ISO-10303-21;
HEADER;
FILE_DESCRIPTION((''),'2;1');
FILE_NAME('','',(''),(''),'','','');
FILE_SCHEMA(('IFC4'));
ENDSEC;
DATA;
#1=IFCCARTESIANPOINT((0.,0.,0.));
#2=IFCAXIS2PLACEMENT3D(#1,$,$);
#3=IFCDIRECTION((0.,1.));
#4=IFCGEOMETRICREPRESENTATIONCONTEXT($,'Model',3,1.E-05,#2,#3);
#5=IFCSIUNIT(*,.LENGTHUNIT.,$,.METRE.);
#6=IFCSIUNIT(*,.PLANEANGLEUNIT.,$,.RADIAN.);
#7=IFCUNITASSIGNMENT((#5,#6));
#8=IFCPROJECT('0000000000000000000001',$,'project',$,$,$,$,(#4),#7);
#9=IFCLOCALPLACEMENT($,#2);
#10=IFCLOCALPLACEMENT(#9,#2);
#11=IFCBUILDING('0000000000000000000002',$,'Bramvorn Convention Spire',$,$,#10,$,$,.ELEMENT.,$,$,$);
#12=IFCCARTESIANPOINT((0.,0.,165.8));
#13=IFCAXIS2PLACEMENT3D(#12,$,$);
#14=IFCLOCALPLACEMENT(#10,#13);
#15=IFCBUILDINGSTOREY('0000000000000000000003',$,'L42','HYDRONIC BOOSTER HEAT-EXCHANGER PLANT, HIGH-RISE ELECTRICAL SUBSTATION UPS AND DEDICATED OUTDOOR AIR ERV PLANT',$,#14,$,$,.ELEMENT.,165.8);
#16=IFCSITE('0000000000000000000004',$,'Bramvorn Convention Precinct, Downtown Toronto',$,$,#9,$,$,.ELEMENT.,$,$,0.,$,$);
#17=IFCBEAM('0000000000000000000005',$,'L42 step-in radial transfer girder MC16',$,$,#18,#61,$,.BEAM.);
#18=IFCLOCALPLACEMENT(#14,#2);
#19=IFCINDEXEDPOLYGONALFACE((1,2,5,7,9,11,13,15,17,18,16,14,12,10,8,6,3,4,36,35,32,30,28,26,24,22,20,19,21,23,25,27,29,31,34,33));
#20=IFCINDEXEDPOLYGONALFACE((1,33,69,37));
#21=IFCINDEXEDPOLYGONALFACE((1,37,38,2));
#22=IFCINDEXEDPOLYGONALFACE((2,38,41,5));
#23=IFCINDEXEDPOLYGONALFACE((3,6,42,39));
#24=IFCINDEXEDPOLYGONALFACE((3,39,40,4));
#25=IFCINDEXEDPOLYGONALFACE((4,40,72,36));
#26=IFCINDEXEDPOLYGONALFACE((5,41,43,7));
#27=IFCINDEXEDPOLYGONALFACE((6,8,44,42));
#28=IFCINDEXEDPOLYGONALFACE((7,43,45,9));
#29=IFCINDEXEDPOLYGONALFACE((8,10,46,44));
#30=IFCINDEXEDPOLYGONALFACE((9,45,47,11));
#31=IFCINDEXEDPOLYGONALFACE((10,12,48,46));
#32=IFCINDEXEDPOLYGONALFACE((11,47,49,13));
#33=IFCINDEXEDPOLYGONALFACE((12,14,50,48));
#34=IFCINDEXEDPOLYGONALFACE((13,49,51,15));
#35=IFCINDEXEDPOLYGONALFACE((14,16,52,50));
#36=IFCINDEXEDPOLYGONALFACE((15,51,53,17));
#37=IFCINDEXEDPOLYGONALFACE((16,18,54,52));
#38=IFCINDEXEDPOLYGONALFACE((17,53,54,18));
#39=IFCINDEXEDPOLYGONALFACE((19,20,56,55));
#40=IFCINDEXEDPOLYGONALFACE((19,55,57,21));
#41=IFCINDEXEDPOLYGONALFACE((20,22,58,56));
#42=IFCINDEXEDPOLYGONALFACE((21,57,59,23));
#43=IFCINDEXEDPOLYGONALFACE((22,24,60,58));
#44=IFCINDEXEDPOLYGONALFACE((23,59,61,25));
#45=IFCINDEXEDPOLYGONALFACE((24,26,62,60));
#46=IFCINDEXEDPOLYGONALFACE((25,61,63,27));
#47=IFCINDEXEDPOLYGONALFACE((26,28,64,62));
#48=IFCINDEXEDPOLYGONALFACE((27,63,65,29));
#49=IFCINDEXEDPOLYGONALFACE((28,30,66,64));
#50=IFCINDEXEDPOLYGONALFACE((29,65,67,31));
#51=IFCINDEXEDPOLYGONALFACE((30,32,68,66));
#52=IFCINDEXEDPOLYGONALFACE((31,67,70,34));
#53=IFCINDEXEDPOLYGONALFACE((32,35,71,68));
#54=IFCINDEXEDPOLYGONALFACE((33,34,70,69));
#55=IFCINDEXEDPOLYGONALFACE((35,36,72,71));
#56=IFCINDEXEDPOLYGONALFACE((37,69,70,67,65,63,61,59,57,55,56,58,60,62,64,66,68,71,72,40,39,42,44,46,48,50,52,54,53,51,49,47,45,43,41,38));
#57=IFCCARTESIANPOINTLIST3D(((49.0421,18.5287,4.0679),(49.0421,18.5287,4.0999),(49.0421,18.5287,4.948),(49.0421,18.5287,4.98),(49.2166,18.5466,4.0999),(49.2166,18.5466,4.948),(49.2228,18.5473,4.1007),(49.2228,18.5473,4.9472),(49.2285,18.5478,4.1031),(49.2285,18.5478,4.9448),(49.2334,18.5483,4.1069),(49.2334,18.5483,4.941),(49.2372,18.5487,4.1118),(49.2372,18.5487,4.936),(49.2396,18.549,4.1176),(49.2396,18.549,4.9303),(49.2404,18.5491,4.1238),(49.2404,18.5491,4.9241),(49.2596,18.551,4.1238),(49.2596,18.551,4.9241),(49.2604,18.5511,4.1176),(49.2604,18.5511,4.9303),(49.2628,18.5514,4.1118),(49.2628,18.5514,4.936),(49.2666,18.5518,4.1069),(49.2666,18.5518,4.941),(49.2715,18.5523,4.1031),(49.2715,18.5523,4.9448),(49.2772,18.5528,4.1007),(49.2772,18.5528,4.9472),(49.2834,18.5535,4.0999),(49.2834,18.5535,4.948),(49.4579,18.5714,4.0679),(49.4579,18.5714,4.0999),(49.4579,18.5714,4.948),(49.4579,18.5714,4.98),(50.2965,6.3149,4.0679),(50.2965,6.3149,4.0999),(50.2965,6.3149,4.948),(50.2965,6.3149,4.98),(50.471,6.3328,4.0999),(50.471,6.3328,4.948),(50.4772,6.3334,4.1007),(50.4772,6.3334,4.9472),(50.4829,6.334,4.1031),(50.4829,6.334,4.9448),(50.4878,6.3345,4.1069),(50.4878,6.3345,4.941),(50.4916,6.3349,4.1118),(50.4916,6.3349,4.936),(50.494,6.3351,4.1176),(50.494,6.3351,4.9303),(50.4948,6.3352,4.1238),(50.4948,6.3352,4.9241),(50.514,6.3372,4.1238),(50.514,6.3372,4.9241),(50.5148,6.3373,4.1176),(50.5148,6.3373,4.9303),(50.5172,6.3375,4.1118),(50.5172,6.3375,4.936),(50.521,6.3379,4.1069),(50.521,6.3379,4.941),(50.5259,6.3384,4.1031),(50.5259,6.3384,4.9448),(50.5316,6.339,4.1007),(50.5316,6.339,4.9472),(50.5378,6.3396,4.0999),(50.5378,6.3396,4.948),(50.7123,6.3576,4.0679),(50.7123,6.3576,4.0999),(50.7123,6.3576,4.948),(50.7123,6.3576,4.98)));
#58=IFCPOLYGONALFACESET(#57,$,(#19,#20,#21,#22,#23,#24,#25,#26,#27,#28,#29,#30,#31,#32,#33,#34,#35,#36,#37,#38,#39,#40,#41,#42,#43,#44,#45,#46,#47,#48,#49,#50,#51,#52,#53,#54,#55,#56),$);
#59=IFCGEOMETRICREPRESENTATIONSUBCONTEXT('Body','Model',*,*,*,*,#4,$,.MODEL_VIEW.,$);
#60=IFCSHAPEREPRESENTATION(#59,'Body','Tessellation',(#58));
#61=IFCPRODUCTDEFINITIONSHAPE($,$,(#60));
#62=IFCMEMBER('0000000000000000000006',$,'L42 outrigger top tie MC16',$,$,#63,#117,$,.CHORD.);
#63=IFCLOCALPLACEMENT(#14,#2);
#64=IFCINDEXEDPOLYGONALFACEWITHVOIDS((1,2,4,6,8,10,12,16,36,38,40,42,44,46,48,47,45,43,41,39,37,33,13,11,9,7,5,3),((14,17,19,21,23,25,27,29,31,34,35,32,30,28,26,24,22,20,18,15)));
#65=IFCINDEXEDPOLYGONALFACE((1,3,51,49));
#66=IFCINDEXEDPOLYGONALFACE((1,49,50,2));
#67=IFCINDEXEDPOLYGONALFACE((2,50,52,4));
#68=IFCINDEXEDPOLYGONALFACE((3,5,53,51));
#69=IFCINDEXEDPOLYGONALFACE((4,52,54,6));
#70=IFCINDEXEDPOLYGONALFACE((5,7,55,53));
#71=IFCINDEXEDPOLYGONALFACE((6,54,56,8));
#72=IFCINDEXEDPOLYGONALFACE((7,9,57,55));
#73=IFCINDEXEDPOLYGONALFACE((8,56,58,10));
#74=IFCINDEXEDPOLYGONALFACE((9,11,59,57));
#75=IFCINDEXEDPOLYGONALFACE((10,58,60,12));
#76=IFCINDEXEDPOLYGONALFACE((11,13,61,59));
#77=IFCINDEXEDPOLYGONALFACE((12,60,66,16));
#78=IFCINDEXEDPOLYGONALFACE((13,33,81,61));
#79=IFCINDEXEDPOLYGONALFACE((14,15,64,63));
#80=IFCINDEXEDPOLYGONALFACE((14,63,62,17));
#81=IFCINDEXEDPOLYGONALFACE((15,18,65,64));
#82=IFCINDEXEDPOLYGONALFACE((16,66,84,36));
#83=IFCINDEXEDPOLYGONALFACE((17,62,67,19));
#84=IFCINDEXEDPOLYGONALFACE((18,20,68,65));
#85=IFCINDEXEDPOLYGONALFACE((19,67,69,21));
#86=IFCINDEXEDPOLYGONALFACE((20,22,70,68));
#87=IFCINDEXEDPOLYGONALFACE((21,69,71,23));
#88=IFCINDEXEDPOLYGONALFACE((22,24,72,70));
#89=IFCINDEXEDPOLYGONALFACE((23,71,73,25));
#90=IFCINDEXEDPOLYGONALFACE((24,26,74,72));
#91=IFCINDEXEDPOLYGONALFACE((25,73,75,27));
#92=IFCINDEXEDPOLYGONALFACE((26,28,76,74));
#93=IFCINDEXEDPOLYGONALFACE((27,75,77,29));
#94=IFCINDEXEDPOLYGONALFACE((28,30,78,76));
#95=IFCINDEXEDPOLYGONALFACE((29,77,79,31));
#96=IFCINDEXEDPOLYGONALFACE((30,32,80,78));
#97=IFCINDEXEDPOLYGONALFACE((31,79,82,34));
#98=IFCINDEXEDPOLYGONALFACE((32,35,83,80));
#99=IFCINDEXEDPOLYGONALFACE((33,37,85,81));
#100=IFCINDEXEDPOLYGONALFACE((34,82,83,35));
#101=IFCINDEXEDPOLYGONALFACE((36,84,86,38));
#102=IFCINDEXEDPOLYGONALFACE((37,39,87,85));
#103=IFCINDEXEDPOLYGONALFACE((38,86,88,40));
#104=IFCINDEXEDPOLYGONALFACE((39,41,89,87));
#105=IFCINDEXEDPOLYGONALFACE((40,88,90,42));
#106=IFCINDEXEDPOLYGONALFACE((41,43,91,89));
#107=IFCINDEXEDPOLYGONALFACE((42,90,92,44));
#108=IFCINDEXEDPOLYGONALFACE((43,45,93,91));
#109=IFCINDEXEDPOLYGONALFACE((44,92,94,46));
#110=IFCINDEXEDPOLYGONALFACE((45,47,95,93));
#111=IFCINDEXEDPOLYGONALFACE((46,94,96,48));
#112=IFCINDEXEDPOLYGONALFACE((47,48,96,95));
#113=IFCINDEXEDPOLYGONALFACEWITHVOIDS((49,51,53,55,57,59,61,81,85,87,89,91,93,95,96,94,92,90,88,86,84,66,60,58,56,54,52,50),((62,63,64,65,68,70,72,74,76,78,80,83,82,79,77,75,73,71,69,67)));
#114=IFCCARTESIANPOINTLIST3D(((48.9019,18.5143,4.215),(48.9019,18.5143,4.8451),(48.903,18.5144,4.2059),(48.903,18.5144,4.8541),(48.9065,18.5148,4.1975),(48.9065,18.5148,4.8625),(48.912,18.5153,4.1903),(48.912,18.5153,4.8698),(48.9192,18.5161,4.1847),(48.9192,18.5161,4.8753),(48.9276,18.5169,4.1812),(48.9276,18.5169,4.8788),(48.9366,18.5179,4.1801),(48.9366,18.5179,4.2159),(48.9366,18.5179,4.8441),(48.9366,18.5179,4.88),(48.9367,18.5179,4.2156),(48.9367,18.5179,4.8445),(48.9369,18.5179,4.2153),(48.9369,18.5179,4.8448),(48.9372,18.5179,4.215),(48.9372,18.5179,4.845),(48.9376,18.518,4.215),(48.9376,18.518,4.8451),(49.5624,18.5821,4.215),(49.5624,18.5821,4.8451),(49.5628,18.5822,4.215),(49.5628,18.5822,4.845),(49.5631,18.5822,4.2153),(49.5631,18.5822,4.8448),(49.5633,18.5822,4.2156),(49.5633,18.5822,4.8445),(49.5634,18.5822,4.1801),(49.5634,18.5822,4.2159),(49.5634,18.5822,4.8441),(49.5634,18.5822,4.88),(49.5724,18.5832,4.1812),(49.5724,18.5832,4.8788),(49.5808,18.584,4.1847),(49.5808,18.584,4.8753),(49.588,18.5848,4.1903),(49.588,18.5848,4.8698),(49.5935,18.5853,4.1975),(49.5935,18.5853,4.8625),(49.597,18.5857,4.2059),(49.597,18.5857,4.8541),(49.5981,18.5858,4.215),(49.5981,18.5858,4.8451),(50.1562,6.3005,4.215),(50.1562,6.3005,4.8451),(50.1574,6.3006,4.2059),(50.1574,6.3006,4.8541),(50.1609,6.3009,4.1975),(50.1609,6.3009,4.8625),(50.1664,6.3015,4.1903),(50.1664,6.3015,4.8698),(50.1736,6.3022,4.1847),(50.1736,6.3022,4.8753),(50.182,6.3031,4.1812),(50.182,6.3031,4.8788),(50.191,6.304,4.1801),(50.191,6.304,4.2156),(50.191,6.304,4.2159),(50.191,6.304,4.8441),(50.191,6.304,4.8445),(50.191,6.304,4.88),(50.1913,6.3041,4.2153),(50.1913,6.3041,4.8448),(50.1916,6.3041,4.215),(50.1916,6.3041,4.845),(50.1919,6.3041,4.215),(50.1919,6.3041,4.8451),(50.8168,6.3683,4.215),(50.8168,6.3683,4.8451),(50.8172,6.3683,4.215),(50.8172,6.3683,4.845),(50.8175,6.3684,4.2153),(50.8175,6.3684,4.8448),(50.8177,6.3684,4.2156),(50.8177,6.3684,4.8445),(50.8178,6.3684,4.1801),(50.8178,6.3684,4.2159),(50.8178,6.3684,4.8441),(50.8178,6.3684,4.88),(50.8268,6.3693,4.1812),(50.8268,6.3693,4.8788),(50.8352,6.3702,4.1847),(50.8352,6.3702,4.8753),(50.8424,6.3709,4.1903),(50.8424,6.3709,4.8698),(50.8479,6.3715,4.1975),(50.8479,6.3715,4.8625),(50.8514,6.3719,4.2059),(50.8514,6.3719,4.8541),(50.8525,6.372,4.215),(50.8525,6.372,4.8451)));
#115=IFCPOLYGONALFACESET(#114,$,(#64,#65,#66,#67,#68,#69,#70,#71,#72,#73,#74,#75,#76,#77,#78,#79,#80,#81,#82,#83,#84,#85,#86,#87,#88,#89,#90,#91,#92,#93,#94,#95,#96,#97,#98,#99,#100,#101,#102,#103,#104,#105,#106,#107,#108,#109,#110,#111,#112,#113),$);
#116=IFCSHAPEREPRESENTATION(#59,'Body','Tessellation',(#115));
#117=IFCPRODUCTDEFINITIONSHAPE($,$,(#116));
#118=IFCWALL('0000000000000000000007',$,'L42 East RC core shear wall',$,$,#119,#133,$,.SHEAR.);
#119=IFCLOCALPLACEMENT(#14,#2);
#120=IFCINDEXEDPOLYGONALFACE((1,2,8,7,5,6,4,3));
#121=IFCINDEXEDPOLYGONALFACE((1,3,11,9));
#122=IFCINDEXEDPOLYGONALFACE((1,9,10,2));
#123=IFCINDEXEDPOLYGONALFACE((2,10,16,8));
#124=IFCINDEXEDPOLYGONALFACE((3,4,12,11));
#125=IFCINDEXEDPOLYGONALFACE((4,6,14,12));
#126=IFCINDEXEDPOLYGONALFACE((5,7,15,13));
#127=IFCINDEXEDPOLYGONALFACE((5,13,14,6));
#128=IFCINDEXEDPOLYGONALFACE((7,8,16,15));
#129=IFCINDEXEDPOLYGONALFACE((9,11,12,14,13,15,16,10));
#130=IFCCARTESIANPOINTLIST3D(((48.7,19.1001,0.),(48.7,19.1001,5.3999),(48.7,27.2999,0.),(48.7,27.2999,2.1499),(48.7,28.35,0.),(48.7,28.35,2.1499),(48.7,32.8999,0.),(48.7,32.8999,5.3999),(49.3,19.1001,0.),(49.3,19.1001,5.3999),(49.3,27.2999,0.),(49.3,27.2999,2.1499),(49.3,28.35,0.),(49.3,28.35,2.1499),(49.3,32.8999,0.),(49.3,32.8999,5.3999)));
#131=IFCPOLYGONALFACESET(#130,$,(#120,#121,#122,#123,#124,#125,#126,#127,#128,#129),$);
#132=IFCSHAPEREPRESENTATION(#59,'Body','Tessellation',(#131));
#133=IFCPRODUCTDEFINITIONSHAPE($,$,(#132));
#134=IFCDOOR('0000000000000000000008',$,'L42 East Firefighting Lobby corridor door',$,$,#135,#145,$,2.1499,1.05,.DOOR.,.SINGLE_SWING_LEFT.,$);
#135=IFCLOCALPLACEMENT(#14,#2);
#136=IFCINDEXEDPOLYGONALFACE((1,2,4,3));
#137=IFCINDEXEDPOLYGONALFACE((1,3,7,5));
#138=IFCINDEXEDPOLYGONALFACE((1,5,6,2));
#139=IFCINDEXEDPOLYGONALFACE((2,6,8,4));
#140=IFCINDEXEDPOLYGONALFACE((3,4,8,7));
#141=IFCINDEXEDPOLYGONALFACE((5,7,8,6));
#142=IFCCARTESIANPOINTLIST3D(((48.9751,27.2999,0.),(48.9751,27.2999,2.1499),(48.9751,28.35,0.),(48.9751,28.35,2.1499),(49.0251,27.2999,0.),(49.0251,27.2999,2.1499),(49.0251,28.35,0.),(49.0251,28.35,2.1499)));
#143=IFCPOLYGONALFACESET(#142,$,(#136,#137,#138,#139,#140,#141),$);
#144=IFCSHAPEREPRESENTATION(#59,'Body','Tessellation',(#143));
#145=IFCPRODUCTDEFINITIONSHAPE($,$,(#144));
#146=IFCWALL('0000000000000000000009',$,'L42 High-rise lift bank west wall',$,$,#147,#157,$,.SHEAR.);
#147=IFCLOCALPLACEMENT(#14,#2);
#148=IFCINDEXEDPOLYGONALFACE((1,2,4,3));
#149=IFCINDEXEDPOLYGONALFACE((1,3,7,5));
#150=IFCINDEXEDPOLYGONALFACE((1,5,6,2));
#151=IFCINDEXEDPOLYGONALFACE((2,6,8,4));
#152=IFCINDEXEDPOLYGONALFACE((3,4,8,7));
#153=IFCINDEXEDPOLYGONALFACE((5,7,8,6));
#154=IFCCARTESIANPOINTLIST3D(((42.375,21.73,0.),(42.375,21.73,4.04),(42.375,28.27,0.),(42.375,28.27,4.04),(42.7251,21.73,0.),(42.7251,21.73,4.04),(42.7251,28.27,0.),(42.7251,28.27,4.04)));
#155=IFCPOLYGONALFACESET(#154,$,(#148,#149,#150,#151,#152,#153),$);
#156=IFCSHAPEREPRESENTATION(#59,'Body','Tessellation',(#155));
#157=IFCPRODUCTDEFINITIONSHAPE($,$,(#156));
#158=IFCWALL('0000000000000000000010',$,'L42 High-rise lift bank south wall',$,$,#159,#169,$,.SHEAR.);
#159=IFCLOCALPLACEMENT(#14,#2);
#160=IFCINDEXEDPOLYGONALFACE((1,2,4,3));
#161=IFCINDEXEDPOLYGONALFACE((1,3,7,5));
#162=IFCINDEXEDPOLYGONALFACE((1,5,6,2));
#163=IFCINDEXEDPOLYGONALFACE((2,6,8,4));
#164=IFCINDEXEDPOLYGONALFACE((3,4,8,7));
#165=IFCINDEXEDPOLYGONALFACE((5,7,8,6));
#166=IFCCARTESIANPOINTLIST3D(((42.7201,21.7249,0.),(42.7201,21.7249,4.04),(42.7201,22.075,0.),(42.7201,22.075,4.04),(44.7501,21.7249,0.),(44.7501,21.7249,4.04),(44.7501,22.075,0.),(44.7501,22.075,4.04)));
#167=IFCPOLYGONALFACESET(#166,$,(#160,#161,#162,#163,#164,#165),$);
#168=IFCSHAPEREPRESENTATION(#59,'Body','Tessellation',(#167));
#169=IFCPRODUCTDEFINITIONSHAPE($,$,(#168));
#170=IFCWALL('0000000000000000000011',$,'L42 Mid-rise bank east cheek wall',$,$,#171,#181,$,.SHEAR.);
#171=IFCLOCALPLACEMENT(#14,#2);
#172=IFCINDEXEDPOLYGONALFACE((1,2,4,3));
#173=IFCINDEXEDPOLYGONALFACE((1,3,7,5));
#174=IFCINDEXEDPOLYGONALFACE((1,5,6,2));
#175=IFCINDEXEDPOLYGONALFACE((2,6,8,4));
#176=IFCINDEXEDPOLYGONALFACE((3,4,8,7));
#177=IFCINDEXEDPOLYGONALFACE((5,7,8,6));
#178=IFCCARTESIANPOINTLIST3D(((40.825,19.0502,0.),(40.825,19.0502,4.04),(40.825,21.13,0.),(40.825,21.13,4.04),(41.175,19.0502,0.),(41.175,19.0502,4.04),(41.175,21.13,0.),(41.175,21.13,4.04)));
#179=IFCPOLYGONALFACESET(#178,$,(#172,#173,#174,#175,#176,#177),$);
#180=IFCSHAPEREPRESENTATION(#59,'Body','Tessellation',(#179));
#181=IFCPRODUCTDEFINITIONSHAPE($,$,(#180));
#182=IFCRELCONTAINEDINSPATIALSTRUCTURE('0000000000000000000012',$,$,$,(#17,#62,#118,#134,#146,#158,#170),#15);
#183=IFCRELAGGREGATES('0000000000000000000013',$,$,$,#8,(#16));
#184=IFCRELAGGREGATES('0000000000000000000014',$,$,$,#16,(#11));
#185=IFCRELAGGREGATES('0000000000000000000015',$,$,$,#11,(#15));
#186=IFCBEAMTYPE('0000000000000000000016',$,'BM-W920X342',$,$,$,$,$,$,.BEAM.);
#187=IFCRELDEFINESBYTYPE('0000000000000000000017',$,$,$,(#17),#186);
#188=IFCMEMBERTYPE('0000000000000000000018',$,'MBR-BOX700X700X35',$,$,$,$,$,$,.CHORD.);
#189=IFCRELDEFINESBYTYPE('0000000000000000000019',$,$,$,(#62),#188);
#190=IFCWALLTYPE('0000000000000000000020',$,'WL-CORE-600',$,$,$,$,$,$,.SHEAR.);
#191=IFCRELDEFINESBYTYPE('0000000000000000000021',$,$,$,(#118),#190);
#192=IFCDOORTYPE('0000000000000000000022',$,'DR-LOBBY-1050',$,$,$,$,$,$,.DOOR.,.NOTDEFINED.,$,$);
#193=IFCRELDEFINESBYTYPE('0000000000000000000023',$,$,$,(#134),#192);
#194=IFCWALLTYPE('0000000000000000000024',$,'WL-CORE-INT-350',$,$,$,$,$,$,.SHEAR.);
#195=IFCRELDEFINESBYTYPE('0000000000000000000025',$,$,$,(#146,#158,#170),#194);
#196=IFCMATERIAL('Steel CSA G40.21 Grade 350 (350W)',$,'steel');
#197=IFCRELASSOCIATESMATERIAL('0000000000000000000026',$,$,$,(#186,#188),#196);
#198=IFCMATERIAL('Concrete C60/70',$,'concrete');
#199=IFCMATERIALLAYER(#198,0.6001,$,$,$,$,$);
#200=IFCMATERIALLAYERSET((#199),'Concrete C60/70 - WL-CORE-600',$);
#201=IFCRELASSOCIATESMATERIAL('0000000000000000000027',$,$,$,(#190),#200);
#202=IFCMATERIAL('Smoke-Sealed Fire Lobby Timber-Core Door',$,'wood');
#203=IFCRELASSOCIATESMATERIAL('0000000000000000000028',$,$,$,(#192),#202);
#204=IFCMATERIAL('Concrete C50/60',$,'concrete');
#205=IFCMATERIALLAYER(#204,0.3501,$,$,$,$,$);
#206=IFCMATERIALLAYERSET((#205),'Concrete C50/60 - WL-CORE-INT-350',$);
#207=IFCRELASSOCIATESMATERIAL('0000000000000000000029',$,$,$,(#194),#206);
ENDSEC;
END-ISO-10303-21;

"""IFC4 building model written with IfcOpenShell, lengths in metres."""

from ifc_helpers import new_model, si_unit, direction, frame, frame_2d, origin, origin_2d, place, context, subcontext, project, spatial, rectangle, hollow_rectangle, i_section, extrude, material, layer, layer_set, material_profile, profile_set, type_object, element, fill, save


model = new_model("IFC4")

# Units and contexts
model_context = context("Model", 3, precision=1e-05, world=origin(), true_north=direction((0.0, 1.0)))
body_context = subcontext(model_context, "Body", "Model", "MODEL_VIEW")
ifc_project = project(units=[si_unit("LENGTHUNIT", "METRE"), si_unit("PLANEANGLEUNIT", "RADIAN")], contexts=[model_context])

# Site, building, storey
site_placement = place(None, origin())
site = spatial("IfcSite", under=ifc_project, at=site_placement, Name="Bramvorn Convention Precinct, Downtown Toronto", CompositionType="ELEMENT", RefElevation=0.0)
building_placement = place(site_placement, origin())
building = spatial("IfcBuilding", under=site, at=building_placement, Name="Bramvorn Convention Spire", CompositionType="ELEMENT")
storey_placement = place(building_placement, frame((0.0, 0.0, 165.8)))
storey = spatial("IfcBuildingStorey", under=building, at=storey_placement, Name="L42", Description="HYDRONIC BOOSTER HEAT-EXCHANGER PLANT, HIGH-RISE ELECTRICAL SUBSTATION UPS AND DEDICATED OUTDOOR AIR ERV PLANT", CompositionType="ELEMENT", Elevation=165.8)

# Beam
ifc_material_1 = material(Name="Steel CSA G40.21 Grade 350 (350W)", Category="steel")
ifc_material_profile_1 = material_profile(ifc_material_1, i_section(OverallWidth=0.418, OverallDepth=0.9121, WebThickness=0.0193, FlangeThickness=0.032, FilletRadius=0.0239, at=origin_2d()))
ifc_profile_set_1 = profile_set([ifc_material_profile_1], Name="Steel CSA G40.21 Grade 350 (350W) - W920X342")
beam_type = type_object("IfcBeamType", Name="BM-W920X342", PredefinedType="BEAM", material=ifc_profile_set_1)
beam_placement = place(storey_placement, frame((49.25, 18.55, 4.5239), z_axis=(0.102165, -0.994767, 0.0), x_axis=(0.994767, 0.102165, 0.0)))
element("IfcBeam", 1, at=beam_placement, inside=storey, type_object=beam_type, Name="L42 step-in radial transfer girder MC16", PredefinedType="BEAM", context=body_context, shape_type="SweptSolid", body=[
    extrude(i_section(OverallWidth=0.418, OverallDepth=0.9121, WebThickness=0.0193, FlangeThickness=0.032, FilletRadius=0.0239, at=origin_2d()), origin(), (0.0, 0.0, 1.0), 12.2781),
])

# Member
ifc_material_profile_2 = material_profile(ifc_material_1, hollow_rectangle(XDim=0.7, YDim=0.7, WallThickness=0.0349, InnerFilletRadius=0.001, OuterFilletRadius=0.0349, at=origin_2d()))
ifc_profile_set_2 = profile_set([ifc_material_profile_2], Name="Steel CSA G40.21 Grade 350 (350W) - BOX700X700X35")
member_type = type_object("IfcMemberType", Name="MBR-BOX700X700X35", PredefinedType="CHORD", material=ifc_profile_set_2)
member_placement = place(storey_placement, frame((49.25, 18.55, 4.53), z_axis=(0.102165, -0.994767, 0.0), x_axis=(0.994767, 0.102165, 0.0)))
element("IfcMember", 2, at=member_placement, inside=storey, type_object=member_type, Name="L42 outrigger top tie MC16", PredefinedType="CHORD", context=body_context, shape_type="SweptSolid", body=[
    extrude(hollow_rectangle(XDim=0.7, YDim=0.7, WallThickness=0.0349, InnerFilletRadius=0.001, OuterFilletRadius=0.0349, at=origin_2d()), origin(), (0.0, 0.0, 1.0), 12.2781),
])

# Wall, opening, door
ifc_material_2 = material(Name="Concrete C60/70", Category="concrete")
ifc_layer_1 = layer(ifc_material_2, 0.6001)
ifc_layer_set_1 = layer_set([ifc_layer_1], Name="Concrete C60/70 - WL-CORE-600")
wall_type_1 = type_object("IfcWallType", Name="WL-CORE-600", PredefinedType="SHEAR", material=ifc_layer_set_1)
wall_1_placement = place(storey_placement, frame((49.0, 19.1001, 0.0), z_axis=(0.0, 0.0, 1.0), x_axis=(0.0, 1.0, 0.0)))
wall_1 = element("IfcWall", 3, at=wall_1_placement, inside=storey, type_object=wall_type_1, Name="L42 East RC core shear wall", PredefinedType="SHEAR", context=body_context, shape_type="SweptSolid", body=[
    extrude(rectangle(XDim=13.7998, YDim=0.6001, at=frame_2d((6.8999, 0.0))), origin(), (0.0, 0.0, 1.0), 5.3999),
])
opening_1_placement = place(wall_1_placement, frame((8.2, 0.0, 0.0)))
opening_1 = element("IfcOpeningElement", 4, at=opening_1_placement, cuts=wall_1, PredefinedType="OPENING", context=body_context, shape_type="SweptSolid", body=[
    extrude(rectangle(XDim=1.05, YDim=2.1499, at=frame_2d((0.5249, 1.075))), frame((0.0, 0.3101, 0.0), z_axis=(0.0, -1.0, 0.0), x_axis=(1.0, 0.0, 0.0)), (0.0, 0.0, 1.0), 0.6201),
])
ifc_material_3 = material(Name="Smoke-Sealed Fire Lobby Timber-Core Door", Category="wood")
door_type_1 = type_object("IfcDoorType", Name="DR-LOBBY-1050", OperationType="NOTDEFINED", PredefinedType="DOOR", material=ifc_material_3)
door_1_placement = place(opening_1_placement, origin())
door_1 = element("IfcDoor", 5, at=door_1_placement, inside=storey, type_object=door_type_1, Name="L42 East Firefighting Lobby corridor door", OperationType="SINGLE_SWING_LEFT", OverallHeight=2.1499, OverallWidth=1.05, PredefinedType="DOOR", context=body_context, shape_type="SweptSolid", body=[
    extrude(rectangle(XDim=1.05, YDim=2.1499, at=frame_2d((0.5249, 1.075))), frame((0.0, 0.0249, 0.0), z_axis=(0.0, -1.0, 0.0), x_axis=(1.0, 0.0, 0.0)), (0.0, 0.0, 1.0), 0.05),
])
fill(opening_1, door_1)

# Walls
ifc_material_4 = material(Name="Concrete C50/60", Category="concrete")
ifc_layer_2 = layer(ifc_material_4, 0.3501)
ifc_layer_set_2 = layer_set([ifc_layer_2], Name="Concrete C50/60 - WL-CORE-INT-350")
wall_type_2 = type_object("IfcWallType", Name="WL-CORE-INT-350", PredefinedType="SHEAR", material=ifc_layer_set_2)
wall_2_placement = place(storey_placement, frame((42.55, 21.73, 0.0), z_axis=(0.0, 0.0, 1.0), x_axis=(0.0, 1.0, 0.0)))
element("IfcWall", 6, at=wall_2_placement, inside=storey, type_object=wall_type_2, Name="L42 High-rise lift bank west wall", PredefinedType="SHEAR", context=body_context, shape_type="SweptSolid", body=[
    extrude(rectangle(XDim=6.54, YDim=0.3501, at=frame_2d((3.27, 0.0))), origin(), (0.0, 0.0, 1.0), 4.04),
])
wall_3_placement = place(storey_placement, frame((42.72, 21.8999, 0.0), z_axis=(0.0, 0.0, 1.0), x_axis=(1.0, 0.0, 0.0)))
element("IfcWall", 7, at=wall_3_placement, inside=storey, type_object=wall_type_2, Name="L42 High-rise lift bank south wall", PredefinedType="SHEAR", context=body_context, shape_type="SweptSolid", body=[
    extrude(rectangle(XDim=2.03, YDim=0.3501, at=frame_2d((1.0151, 0.0))), origin(), (0.0, 0.0, 1.0), 4.04),
])

# Wall
wall_4_placement = place(storey_placement, frame((41.0, 19.05, 0.0), z_axis=(0.0, 0.0, 1.0), x_axis=(0.0, 1.0, 0.0)))
element("IfcWall", 8, at=wall_4_placement, inside=storey, type_object=wall_type_2, Name="L42 Mid-rise bank east cheek wall", PredefinedType="SHEAR", context=body_context, shape_type="SweptSolid", body=[
    extrude(rectangle(XDim=2.0798, YDim=0.3501, at=frame_2d((1.04, 0.0))), origin(), (0.0, 0.0, 1.0), 4.04),
])

save(model, "model.ifc")
